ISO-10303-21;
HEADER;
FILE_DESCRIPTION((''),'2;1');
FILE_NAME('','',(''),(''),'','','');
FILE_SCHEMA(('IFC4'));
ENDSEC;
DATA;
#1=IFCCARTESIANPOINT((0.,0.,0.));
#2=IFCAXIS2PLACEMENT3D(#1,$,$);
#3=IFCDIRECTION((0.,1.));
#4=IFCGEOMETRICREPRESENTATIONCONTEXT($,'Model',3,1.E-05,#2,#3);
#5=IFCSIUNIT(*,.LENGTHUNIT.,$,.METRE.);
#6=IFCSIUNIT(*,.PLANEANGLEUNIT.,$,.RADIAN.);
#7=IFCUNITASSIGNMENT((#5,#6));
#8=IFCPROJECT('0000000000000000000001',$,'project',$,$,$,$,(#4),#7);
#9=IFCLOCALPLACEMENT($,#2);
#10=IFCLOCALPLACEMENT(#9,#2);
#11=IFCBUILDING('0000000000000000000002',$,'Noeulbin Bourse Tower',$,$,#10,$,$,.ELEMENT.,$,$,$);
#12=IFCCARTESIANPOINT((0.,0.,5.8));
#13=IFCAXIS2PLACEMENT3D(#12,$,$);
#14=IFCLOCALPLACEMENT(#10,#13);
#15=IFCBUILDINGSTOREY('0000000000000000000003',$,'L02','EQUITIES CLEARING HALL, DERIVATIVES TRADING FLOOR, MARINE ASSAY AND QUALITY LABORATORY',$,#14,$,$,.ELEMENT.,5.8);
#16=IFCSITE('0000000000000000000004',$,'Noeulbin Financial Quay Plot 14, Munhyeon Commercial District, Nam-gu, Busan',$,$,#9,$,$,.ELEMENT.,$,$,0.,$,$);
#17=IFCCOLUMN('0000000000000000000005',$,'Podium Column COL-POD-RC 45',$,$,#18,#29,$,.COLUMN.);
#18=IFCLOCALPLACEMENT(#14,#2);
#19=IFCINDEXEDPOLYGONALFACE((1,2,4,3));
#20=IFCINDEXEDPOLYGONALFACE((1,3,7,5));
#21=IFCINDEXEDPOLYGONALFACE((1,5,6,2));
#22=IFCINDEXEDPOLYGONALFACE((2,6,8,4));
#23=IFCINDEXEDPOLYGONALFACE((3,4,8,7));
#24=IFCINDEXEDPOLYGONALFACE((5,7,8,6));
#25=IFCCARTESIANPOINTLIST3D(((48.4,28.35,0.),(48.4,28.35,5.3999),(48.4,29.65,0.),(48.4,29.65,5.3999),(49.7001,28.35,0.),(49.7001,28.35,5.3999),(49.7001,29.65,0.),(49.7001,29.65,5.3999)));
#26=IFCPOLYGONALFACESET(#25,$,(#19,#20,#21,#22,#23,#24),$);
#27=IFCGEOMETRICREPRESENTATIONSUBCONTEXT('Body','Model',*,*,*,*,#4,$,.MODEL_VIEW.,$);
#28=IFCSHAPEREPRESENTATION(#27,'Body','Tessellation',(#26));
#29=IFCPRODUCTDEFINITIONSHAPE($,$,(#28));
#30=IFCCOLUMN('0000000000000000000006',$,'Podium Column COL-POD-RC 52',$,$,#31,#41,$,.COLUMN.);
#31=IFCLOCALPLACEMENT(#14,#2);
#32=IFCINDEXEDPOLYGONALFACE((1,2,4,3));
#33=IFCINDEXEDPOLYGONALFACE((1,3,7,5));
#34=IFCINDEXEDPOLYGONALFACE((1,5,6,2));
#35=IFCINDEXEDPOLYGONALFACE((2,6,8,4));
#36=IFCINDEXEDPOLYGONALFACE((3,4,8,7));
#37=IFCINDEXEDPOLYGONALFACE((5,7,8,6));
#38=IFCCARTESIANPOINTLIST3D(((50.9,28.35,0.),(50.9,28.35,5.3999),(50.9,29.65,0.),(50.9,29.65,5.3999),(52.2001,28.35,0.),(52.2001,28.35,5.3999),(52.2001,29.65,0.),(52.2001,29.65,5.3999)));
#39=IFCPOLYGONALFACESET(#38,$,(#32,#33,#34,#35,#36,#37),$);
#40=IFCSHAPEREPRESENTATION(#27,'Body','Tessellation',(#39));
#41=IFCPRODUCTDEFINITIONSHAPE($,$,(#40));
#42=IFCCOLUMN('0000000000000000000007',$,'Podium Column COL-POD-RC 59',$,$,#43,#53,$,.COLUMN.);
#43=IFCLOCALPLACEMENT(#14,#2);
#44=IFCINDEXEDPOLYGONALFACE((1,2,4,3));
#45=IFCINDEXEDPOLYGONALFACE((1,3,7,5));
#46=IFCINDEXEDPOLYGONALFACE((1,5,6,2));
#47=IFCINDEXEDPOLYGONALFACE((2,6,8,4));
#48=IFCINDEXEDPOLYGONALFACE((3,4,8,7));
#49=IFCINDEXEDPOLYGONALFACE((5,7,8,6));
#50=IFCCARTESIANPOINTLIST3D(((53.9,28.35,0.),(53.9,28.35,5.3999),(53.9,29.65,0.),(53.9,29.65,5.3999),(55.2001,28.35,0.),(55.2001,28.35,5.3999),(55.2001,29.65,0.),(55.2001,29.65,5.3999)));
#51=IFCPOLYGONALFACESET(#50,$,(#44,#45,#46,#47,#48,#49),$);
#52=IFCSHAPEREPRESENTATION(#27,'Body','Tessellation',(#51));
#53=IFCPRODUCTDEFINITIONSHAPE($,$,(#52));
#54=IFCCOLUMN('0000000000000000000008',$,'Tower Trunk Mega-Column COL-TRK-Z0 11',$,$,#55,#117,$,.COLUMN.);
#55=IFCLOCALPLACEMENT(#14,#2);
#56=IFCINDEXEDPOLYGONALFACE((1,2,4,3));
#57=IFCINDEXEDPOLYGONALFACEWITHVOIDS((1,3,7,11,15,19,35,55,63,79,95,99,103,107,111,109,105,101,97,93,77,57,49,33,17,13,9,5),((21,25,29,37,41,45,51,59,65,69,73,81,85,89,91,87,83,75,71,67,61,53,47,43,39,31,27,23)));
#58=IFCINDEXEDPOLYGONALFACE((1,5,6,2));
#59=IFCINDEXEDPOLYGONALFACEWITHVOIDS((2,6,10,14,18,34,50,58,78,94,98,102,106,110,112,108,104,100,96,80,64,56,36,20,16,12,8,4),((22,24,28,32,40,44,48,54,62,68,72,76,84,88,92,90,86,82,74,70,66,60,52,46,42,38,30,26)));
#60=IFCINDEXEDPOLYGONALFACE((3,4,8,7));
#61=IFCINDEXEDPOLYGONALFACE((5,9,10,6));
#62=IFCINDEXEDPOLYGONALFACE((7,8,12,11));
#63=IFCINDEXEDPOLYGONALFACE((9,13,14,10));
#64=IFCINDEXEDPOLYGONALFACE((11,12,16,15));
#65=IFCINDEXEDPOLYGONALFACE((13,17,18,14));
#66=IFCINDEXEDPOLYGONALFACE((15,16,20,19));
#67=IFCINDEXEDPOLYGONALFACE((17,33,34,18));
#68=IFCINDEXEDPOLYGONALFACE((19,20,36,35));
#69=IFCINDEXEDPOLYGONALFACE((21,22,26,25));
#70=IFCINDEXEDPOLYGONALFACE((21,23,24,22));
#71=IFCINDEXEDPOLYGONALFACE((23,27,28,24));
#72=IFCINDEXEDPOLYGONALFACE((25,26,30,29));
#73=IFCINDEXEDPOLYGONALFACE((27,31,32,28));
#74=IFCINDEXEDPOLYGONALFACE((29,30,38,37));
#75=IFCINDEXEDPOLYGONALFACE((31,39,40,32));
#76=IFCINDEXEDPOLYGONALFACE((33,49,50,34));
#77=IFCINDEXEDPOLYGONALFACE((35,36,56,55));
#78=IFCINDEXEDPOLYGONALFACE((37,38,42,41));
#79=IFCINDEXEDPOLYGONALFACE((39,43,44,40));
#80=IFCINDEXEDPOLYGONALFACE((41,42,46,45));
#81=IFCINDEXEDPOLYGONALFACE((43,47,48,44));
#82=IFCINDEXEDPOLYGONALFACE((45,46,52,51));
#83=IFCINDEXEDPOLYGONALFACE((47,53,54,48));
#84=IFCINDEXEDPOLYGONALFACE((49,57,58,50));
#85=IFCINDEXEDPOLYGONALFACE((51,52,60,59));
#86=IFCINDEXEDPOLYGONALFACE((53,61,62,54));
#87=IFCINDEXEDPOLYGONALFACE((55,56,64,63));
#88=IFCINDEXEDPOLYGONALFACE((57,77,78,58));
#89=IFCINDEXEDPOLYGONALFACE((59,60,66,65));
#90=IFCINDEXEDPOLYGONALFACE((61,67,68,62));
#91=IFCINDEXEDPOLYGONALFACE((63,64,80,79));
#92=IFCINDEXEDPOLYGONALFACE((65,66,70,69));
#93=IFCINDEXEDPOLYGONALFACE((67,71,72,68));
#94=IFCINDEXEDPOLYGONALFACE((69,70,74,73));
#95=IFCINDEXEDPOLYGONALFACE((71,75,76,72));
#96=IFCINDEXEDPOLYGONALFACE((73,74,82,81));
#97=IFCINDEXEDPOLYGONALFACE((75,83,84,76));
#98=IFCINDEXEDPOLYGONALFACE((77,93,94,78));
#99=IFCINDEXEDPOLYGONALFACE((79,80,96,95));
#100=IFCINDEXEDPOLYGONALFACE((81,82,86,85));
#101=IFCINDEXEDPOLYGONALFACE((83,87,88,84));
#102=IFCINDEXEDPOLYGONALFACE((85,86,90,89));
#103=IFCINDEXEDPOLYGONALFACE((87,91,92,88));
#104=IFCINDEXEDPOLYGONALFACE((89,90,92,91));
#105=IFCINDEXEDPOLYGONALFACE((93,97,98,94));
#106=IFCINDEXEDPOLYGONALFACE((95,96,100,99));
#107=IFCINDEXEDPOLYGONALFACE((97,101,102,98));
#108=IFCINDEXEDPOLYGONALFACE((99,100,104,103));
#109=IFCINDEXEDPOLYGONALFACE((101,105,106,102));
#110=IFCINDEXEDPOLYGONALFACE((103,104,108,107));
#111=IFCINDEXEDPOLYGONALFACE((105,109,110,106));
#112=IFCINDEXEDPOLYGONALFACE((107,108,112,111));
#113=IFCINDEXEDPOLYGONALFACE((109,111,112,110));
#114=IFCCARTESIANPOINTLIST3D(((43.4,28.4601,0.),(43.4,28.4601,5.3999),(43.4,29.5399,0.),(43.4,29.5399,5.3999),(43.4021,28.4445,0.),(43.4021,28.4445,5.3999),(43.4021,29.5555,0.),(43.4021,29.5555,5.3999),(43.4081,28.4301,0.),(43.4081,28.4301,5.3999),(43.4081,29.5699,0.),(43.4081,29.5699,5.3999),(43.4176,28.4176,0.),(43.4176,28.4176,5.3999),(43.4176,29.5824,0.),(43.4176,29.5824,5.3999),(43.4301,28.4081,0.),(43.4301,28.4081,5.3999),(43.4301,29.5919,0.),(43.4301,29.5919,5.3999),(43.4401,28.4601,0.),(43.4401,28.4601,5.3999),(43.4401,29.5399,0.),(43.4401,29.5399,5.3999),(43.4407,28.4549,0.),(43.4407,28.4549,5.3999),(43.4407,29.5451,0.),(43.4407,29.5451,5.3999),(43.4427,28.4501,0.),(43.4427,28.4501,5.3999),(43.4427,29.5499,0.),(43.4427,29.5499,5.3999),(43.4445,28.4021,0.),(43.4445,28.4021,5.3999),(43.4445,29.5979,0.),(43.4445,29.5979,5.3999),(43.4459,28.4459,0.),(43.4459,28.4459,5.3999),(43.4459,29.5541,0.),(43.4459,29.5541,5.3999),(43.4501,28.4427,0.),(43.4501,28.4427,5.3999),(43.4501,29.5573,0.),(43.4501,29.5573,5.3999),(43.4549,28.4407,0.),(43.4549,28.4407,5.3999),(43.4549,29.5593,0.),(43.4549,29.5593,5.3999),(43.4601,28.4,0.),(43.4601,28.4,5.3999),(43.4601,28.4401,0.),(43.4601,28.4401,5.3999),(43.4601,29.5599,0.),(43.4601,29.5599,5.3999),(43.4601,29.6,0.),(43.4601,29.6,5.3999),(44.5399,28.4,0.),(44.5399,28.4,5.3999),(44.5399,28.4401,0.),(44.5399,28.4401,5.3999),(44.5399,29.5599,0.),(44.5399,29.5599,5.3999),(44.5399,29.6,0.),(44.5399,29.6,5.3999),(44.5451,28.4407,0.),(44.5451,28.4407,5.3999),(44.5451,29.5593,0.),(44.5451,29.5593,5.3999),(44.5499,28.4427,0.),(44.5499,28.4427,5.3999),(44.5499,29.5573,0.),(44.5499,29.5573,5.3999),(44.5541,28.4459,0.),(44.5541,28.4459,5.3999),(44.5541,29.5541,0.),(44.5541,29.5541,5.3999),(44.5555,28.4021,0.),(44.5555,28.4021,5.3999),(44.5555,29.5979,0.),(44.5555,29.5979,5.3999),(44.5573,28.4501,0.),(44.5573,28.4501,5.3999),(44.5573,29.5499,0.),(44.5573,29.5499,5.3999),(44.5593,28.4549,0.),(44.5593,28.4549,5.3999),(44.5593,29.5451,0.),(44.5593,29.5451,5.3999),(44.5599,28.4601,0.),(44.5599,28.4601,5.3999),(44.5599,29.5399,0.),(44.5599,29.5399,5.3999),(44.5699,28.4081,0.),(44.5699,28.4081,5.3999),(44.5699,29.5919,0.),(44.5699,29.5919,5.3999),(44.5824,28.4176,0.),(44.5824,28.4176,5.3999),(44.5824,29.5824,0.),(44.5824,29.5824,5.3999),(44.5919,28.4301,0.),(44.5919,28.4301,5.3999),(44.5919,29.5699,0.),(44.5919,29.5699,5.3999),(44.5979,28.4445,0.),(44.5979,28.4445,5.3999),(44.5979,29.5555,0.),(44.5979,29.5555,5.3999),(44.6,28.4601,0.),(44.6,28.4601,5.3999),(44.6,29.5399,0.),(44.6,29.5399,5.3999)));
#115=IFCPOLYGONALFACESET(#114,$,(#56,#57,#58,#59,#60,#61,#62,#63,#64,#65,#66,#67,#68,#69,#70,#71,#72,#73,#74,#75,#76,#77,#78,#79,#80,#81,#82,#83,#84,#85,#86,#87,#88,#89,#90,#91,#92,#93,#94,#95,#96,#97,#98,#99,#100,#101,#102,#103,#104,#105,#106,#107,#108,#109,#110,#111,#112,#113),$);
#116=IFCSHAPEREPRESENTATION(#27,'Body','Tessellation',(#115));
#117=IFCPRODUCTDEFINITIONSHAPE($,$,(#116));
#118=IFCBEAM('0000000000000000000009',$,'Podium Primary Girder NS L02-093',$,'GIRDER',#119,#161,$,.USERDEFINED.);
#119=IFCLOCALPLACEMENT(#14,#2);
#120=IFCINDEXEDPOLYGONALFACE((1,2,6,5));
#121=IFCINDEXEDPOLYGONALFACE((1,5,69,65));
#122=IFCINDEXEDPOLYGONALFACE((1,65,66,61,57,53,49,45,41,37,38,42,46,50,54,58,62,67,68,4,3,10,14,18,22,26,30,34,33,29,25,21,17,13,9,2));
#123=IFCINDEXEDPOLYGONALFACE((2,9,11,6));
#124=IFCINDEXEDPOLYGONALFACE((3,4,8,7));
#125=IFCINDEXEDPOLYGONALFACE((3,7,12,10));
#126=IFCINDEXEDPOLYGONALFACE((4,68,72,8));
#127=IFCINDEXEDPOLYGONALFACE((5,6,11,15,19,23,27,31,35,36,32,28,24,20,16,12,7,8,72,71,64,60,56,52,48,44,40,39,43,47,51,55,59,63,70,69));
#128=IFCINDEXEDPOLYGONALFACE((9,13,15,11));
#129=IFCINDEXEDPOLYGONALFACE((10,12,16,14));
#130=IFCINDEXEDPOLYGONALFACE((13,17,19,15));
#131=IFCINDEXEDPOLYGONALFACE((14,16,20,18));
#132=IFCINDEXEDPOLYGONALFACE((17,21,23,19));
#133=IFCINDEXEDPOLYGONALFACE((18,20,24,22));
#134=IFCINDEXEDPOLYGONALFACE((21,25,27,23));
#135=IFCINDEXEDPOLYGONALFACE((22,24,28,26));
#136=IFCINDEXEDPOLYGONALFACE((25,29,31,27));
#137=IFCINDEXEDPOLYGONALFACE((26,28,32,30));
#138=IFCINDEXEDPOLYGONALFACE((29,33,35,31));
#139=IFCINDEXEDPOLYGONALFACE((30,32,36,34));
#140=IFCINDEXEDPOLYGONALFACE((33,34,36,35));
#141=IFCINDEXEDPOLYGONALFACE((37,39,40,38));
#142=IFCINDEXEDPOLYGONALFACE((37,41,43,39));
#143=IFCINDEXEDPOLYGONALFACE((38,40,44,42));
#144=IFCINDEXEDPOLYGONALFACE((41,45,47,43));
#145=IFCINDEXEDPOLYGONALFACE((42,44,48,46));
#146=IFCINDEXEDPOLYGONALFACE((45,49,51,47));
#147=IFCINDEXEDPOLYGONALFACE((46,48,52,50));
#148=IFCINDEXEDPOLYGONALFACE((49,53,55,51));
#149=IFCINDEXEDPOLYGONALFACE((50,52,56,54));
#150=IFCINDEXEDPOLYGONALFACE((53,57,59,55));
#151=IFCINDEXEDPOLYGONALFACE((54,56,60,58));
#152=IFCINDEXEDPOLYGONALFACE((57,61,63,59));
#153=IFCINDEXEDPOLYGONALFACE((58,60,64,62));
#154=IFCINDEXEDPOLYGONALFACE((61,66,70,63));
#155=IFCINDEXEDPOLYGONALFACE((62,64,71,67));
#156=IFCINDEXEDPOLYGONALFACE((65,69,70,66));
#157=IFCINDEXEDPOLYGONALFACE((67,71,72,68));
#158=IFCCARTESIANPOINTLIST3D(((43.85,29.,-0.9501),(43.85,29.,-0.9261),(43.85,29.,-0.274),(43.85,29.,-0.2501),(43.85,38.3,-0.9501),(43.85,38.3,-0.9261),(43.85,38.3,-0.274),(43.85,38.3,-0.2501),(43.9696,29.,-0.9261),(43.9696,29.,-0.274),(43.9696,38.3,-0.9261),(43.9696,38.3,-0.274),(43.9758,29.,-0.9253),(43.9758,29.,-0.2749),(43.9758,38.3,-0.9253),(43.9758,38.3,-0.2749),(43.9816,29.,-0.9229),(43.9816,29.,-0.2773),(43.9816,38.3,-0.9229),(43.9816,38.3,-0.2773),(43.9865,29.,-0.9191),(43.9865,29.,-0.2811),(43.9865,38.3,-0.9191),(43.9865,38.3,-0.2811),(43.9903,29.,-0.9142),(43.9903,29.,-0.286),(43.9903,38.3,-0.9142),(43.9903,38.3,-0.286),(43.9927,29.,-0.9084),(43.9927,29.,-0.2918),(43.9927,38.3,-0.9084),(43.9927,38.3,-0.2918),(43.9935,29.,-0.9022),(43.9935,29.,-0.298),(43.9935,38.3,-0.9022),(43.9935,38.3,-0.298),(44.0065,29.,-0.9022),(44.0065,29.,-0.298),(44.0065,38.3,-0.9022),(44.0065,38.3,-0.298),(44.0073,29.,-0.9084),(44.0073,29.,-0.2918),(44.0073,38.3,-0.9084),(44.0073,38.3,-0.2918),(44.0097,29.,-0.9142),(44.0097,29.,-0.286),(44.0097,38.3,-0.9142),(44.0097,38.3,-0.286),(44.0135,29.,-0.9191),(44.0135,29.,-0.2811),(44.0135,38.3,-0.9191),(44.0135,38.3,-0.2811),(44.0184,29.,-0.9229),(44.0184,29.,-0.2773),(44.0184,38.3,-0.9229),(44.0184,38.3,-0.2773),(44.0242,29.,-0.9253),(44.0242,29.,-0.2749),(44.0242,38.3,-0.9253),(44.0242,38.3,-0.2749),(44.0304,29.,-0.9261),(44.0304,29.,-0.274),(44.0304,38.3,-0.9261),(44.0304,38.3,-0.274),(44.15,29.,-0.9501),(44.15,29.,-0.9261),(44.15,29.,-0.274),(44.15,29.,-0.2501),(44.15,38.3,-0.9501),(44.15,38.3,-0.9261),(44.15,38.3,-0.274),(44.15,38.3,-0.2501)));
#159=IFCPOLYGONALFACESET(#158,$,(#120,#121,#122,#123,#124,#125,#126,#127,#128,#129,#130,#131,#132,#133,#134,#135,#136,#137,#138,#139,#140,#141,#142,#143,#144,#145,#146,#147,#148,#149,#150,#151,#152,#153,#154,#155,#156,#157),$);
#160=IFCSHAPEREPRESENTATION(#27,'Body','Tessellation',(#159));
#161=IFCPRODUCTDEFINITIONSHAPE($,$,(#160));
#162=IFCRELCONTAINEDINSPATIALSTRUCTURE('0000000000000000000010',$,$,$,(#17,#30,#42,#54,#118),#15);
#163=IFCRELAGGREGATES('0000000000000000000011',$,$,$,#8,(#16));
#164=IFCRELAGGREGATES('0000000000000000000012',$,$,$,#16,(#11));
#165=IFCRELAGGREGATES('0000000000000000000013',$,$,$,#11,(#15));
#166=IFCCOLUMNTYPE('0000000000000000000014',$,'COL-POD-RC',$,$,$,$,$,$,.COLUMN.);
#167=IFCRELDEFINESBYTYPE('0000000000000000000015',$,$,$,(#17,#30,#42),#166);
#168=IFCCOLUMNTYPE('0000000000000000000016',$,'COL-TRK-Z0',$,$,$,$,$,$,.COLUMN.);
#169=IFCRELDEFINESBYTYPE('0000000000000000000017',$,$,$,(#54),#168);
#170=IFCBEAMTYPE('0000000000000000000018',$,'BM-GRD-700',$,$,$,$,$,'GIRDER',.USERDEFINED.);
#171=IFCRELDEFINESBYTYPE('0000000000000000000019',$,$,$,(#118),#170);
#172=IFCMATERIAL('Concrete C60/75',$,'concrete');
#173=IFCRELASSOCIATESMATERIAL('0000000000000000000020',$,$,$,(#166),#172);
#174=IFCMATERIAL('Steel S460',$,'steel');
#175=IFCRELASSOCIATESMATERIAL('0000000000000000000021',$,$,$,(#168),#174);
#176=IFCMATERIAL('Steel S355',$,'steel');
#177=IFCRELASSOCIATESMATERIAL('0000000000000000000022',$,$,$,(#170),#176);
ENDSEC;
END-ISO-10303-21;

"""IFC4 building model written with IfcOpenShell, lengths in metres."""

from ifc_helpers import new_model, si_unit, direction, frame, origin, origin_2d, place, context, subcontext, project, spatial, rectangle, hollow_rectangle, i_section, extrude, material, material_profile, profile_set, type_object, element, save


model = new_model("IFC4")

# Units and contexts
model_context = context("Model", 3, precision=1e-05, world=origin(), true_north=direction((0.0, 1.0)))
body_context = subcontext(model_context, "Body", "Model", "MODEL_VIEW")
ifc_project = project(units=[si_unit("LENGTHUNIT", "METRE"), si_unit("PLANEANGLEUNIT", "RADIAN")], contexts=[model_context])

# Site, building, storey
site_placement = place(None, origin())
site = spatial("IfcSite", under=ifc_project, at=site_placement, Name="Noeulbin Financial Quay Plot 14, Munhyeon Commercial District, Nam-gu, Busan", CompositionType="ELEMENT", RefElevation=0.0)
building_placement = place(site_placement, origin())
building = spatial("IfcBuilding", under=site, at=building_placement, Name="Noeulbin Bourse Tower", CompositionType="ELEMENT")
storey_placement = place(building_placement, frame((0.0, 0.0, 5.8)))
storey = spatial("IfcBuildingStorey", under=building, at=storey_placement, Name="L02", Description="EQUITIES CLEARING HALL, DERIVATIVES TRADING FLOOR, MARINE ASSAY AND QUALITY LABORATORY", CompositionType="ELEMENT", Elevation=5.8)

# Columns
ifc_material_1 = material(Name="Concrete C60/75", Category="concrete")
ifc_material_profile_1 = material_profile(ifc_material_1, rectangle(XDim=1.3, YDim=1.3, at=origin_2d()), Name="RC-COL-1300x1300", Category="LoadBearing")
ifc_profile_set_1 = profile_set([ifc_material_profile_1], Name="Concrete C60/75")
column_type_1 = type_object("IfcColumnType", Name="COL-POD-RC", PredefinedType="COLUMN", material=ifc_profile_set_1)
for number, where, z_axis, x_axis, name in (
    (1, (49.05, 29.0, 0.0), (0.0, 0.0, 1.0), (1.0, 0.0, 0.0), "Podium Column COL-POD-RC 45"),
    (2, (51.55, 29.0, 0.0), (0.0, 0.0, 1.0), (1.0, 0.0, 0.0), "Podium Column COL-POD-RC 52"),
    (3, (54.55, 29.0, 0.0), (0.0, 0.0, 1.0), (1.0, 0.0, 0.0), "Podium Column COL-POD-RC 59"),
):
    element("IfcColumn", number, at=place(storey_placement, frame(where, z_axis=z_axis, x_axis=x_axis)), inside=storey, type_object=column_type_1, Name=name, PredefinedType="COLUMN", context=body_context, shape_type="SweptSolid", body=[
        extrude(rectangle(XDim=1.3, YDim=1.3, at=origin_2d()), origin(), (0.0, 0.0, 1.0), 5.3999),
    ])
ifc_material_2 = material(Name="Steel S460", Category="steel")
ifc_material_profile_2 = material_profile(ifc_material_2, hollow_rectangle(XDim=1.2, YDim=1.2, WallThickness=0.04, InnerFilletRadius=0.02, OuterFilletRadius=0.0601, at=origin_2d()), Name="BOX-1200x1200x40", Category="LoadBearing")
ifc_profile_set_2 = profile_set([ifc_material_profile_2], Name="Steel S460")
column_type_2 = type_object("IfcColumnType", Name="COL-TRK-Z0", PredefinedType="COLUMN", material=ifc_profile_set_2)
column_placement = place(storey_placement, frame((44.0, 29.0, 0.0), z_axis=(0.0, 0.0, 1.0), x_axis=(1.0, 0.0, 0.0)))
element("IfcColumn", 4, at=column_placement, inside=storey, type_object=column_type_2, Name="Tower Trunk Mega-Column COL-TRK-Z0 11", PredefinedType="COLUMN", context=body_context, shape_type="SweptSolid", body=[
    extrude(hollow_rectangle(XDim=1.2, YDim=1.2, WallThickness=0.04, InnerFilletRadius=0.02, OuterFilletRadius=0.0601, at=origin_2d()), origin(), (0.0, 0.0, 1.0), 5.3999),
])

# Beam
ifc_material_3 = material(Name="Steel S355", Category="steel")
ifc_material_profile_3 = material_profile(ifc_material_3, i_section(OverallWidth=0.3, OverallDepth=0.7, WebThickness=0.0129, FlangeThickness=0.0239, FilletRadius=0.0239, at=origin_2d()), Name="H-700x300x13x24", Category="LoadBearing")
ifc_profile_set_3 = profile_set([ifc_material_profile_3], Name="Steel S355")
beam_type_1 = type_object("IfcBeamType", Name="BM-GRD-700", ElementType="GIRDER", PredefinedType="USERDEFINED", material=ifc_profile_set_3)
for number, where, z_axis, x_axis, name in (
    (5, (44.0, 29.0, -0.6001), (0.0, 1.0, 0.0), (-1.0, 0.0, 0.0), "Podium Primary Girder NS L02-093"),
):
    element("IfcBeam", number, at=place(storey_placement, frame(where, z_axis=z_axis, x_axis=x_axis)), inside=storey, type_object=beam_type_1, Name=name, ObjectType="GIRDER", PredefinedType="USERDEFINED", context=body_context, shape_type="SweptSolid", body=[
        extrude(i_section(OverallWidth=0.3, OverallDepth=0.7, WebThickness=0.0129, FlangeThickness=0.0239, FilletRadius=0.0239, at=origin_2d()), origin(), (0.0, 0.0, 1.0), 9.3),
    ])

save(model, "model.ifc")
